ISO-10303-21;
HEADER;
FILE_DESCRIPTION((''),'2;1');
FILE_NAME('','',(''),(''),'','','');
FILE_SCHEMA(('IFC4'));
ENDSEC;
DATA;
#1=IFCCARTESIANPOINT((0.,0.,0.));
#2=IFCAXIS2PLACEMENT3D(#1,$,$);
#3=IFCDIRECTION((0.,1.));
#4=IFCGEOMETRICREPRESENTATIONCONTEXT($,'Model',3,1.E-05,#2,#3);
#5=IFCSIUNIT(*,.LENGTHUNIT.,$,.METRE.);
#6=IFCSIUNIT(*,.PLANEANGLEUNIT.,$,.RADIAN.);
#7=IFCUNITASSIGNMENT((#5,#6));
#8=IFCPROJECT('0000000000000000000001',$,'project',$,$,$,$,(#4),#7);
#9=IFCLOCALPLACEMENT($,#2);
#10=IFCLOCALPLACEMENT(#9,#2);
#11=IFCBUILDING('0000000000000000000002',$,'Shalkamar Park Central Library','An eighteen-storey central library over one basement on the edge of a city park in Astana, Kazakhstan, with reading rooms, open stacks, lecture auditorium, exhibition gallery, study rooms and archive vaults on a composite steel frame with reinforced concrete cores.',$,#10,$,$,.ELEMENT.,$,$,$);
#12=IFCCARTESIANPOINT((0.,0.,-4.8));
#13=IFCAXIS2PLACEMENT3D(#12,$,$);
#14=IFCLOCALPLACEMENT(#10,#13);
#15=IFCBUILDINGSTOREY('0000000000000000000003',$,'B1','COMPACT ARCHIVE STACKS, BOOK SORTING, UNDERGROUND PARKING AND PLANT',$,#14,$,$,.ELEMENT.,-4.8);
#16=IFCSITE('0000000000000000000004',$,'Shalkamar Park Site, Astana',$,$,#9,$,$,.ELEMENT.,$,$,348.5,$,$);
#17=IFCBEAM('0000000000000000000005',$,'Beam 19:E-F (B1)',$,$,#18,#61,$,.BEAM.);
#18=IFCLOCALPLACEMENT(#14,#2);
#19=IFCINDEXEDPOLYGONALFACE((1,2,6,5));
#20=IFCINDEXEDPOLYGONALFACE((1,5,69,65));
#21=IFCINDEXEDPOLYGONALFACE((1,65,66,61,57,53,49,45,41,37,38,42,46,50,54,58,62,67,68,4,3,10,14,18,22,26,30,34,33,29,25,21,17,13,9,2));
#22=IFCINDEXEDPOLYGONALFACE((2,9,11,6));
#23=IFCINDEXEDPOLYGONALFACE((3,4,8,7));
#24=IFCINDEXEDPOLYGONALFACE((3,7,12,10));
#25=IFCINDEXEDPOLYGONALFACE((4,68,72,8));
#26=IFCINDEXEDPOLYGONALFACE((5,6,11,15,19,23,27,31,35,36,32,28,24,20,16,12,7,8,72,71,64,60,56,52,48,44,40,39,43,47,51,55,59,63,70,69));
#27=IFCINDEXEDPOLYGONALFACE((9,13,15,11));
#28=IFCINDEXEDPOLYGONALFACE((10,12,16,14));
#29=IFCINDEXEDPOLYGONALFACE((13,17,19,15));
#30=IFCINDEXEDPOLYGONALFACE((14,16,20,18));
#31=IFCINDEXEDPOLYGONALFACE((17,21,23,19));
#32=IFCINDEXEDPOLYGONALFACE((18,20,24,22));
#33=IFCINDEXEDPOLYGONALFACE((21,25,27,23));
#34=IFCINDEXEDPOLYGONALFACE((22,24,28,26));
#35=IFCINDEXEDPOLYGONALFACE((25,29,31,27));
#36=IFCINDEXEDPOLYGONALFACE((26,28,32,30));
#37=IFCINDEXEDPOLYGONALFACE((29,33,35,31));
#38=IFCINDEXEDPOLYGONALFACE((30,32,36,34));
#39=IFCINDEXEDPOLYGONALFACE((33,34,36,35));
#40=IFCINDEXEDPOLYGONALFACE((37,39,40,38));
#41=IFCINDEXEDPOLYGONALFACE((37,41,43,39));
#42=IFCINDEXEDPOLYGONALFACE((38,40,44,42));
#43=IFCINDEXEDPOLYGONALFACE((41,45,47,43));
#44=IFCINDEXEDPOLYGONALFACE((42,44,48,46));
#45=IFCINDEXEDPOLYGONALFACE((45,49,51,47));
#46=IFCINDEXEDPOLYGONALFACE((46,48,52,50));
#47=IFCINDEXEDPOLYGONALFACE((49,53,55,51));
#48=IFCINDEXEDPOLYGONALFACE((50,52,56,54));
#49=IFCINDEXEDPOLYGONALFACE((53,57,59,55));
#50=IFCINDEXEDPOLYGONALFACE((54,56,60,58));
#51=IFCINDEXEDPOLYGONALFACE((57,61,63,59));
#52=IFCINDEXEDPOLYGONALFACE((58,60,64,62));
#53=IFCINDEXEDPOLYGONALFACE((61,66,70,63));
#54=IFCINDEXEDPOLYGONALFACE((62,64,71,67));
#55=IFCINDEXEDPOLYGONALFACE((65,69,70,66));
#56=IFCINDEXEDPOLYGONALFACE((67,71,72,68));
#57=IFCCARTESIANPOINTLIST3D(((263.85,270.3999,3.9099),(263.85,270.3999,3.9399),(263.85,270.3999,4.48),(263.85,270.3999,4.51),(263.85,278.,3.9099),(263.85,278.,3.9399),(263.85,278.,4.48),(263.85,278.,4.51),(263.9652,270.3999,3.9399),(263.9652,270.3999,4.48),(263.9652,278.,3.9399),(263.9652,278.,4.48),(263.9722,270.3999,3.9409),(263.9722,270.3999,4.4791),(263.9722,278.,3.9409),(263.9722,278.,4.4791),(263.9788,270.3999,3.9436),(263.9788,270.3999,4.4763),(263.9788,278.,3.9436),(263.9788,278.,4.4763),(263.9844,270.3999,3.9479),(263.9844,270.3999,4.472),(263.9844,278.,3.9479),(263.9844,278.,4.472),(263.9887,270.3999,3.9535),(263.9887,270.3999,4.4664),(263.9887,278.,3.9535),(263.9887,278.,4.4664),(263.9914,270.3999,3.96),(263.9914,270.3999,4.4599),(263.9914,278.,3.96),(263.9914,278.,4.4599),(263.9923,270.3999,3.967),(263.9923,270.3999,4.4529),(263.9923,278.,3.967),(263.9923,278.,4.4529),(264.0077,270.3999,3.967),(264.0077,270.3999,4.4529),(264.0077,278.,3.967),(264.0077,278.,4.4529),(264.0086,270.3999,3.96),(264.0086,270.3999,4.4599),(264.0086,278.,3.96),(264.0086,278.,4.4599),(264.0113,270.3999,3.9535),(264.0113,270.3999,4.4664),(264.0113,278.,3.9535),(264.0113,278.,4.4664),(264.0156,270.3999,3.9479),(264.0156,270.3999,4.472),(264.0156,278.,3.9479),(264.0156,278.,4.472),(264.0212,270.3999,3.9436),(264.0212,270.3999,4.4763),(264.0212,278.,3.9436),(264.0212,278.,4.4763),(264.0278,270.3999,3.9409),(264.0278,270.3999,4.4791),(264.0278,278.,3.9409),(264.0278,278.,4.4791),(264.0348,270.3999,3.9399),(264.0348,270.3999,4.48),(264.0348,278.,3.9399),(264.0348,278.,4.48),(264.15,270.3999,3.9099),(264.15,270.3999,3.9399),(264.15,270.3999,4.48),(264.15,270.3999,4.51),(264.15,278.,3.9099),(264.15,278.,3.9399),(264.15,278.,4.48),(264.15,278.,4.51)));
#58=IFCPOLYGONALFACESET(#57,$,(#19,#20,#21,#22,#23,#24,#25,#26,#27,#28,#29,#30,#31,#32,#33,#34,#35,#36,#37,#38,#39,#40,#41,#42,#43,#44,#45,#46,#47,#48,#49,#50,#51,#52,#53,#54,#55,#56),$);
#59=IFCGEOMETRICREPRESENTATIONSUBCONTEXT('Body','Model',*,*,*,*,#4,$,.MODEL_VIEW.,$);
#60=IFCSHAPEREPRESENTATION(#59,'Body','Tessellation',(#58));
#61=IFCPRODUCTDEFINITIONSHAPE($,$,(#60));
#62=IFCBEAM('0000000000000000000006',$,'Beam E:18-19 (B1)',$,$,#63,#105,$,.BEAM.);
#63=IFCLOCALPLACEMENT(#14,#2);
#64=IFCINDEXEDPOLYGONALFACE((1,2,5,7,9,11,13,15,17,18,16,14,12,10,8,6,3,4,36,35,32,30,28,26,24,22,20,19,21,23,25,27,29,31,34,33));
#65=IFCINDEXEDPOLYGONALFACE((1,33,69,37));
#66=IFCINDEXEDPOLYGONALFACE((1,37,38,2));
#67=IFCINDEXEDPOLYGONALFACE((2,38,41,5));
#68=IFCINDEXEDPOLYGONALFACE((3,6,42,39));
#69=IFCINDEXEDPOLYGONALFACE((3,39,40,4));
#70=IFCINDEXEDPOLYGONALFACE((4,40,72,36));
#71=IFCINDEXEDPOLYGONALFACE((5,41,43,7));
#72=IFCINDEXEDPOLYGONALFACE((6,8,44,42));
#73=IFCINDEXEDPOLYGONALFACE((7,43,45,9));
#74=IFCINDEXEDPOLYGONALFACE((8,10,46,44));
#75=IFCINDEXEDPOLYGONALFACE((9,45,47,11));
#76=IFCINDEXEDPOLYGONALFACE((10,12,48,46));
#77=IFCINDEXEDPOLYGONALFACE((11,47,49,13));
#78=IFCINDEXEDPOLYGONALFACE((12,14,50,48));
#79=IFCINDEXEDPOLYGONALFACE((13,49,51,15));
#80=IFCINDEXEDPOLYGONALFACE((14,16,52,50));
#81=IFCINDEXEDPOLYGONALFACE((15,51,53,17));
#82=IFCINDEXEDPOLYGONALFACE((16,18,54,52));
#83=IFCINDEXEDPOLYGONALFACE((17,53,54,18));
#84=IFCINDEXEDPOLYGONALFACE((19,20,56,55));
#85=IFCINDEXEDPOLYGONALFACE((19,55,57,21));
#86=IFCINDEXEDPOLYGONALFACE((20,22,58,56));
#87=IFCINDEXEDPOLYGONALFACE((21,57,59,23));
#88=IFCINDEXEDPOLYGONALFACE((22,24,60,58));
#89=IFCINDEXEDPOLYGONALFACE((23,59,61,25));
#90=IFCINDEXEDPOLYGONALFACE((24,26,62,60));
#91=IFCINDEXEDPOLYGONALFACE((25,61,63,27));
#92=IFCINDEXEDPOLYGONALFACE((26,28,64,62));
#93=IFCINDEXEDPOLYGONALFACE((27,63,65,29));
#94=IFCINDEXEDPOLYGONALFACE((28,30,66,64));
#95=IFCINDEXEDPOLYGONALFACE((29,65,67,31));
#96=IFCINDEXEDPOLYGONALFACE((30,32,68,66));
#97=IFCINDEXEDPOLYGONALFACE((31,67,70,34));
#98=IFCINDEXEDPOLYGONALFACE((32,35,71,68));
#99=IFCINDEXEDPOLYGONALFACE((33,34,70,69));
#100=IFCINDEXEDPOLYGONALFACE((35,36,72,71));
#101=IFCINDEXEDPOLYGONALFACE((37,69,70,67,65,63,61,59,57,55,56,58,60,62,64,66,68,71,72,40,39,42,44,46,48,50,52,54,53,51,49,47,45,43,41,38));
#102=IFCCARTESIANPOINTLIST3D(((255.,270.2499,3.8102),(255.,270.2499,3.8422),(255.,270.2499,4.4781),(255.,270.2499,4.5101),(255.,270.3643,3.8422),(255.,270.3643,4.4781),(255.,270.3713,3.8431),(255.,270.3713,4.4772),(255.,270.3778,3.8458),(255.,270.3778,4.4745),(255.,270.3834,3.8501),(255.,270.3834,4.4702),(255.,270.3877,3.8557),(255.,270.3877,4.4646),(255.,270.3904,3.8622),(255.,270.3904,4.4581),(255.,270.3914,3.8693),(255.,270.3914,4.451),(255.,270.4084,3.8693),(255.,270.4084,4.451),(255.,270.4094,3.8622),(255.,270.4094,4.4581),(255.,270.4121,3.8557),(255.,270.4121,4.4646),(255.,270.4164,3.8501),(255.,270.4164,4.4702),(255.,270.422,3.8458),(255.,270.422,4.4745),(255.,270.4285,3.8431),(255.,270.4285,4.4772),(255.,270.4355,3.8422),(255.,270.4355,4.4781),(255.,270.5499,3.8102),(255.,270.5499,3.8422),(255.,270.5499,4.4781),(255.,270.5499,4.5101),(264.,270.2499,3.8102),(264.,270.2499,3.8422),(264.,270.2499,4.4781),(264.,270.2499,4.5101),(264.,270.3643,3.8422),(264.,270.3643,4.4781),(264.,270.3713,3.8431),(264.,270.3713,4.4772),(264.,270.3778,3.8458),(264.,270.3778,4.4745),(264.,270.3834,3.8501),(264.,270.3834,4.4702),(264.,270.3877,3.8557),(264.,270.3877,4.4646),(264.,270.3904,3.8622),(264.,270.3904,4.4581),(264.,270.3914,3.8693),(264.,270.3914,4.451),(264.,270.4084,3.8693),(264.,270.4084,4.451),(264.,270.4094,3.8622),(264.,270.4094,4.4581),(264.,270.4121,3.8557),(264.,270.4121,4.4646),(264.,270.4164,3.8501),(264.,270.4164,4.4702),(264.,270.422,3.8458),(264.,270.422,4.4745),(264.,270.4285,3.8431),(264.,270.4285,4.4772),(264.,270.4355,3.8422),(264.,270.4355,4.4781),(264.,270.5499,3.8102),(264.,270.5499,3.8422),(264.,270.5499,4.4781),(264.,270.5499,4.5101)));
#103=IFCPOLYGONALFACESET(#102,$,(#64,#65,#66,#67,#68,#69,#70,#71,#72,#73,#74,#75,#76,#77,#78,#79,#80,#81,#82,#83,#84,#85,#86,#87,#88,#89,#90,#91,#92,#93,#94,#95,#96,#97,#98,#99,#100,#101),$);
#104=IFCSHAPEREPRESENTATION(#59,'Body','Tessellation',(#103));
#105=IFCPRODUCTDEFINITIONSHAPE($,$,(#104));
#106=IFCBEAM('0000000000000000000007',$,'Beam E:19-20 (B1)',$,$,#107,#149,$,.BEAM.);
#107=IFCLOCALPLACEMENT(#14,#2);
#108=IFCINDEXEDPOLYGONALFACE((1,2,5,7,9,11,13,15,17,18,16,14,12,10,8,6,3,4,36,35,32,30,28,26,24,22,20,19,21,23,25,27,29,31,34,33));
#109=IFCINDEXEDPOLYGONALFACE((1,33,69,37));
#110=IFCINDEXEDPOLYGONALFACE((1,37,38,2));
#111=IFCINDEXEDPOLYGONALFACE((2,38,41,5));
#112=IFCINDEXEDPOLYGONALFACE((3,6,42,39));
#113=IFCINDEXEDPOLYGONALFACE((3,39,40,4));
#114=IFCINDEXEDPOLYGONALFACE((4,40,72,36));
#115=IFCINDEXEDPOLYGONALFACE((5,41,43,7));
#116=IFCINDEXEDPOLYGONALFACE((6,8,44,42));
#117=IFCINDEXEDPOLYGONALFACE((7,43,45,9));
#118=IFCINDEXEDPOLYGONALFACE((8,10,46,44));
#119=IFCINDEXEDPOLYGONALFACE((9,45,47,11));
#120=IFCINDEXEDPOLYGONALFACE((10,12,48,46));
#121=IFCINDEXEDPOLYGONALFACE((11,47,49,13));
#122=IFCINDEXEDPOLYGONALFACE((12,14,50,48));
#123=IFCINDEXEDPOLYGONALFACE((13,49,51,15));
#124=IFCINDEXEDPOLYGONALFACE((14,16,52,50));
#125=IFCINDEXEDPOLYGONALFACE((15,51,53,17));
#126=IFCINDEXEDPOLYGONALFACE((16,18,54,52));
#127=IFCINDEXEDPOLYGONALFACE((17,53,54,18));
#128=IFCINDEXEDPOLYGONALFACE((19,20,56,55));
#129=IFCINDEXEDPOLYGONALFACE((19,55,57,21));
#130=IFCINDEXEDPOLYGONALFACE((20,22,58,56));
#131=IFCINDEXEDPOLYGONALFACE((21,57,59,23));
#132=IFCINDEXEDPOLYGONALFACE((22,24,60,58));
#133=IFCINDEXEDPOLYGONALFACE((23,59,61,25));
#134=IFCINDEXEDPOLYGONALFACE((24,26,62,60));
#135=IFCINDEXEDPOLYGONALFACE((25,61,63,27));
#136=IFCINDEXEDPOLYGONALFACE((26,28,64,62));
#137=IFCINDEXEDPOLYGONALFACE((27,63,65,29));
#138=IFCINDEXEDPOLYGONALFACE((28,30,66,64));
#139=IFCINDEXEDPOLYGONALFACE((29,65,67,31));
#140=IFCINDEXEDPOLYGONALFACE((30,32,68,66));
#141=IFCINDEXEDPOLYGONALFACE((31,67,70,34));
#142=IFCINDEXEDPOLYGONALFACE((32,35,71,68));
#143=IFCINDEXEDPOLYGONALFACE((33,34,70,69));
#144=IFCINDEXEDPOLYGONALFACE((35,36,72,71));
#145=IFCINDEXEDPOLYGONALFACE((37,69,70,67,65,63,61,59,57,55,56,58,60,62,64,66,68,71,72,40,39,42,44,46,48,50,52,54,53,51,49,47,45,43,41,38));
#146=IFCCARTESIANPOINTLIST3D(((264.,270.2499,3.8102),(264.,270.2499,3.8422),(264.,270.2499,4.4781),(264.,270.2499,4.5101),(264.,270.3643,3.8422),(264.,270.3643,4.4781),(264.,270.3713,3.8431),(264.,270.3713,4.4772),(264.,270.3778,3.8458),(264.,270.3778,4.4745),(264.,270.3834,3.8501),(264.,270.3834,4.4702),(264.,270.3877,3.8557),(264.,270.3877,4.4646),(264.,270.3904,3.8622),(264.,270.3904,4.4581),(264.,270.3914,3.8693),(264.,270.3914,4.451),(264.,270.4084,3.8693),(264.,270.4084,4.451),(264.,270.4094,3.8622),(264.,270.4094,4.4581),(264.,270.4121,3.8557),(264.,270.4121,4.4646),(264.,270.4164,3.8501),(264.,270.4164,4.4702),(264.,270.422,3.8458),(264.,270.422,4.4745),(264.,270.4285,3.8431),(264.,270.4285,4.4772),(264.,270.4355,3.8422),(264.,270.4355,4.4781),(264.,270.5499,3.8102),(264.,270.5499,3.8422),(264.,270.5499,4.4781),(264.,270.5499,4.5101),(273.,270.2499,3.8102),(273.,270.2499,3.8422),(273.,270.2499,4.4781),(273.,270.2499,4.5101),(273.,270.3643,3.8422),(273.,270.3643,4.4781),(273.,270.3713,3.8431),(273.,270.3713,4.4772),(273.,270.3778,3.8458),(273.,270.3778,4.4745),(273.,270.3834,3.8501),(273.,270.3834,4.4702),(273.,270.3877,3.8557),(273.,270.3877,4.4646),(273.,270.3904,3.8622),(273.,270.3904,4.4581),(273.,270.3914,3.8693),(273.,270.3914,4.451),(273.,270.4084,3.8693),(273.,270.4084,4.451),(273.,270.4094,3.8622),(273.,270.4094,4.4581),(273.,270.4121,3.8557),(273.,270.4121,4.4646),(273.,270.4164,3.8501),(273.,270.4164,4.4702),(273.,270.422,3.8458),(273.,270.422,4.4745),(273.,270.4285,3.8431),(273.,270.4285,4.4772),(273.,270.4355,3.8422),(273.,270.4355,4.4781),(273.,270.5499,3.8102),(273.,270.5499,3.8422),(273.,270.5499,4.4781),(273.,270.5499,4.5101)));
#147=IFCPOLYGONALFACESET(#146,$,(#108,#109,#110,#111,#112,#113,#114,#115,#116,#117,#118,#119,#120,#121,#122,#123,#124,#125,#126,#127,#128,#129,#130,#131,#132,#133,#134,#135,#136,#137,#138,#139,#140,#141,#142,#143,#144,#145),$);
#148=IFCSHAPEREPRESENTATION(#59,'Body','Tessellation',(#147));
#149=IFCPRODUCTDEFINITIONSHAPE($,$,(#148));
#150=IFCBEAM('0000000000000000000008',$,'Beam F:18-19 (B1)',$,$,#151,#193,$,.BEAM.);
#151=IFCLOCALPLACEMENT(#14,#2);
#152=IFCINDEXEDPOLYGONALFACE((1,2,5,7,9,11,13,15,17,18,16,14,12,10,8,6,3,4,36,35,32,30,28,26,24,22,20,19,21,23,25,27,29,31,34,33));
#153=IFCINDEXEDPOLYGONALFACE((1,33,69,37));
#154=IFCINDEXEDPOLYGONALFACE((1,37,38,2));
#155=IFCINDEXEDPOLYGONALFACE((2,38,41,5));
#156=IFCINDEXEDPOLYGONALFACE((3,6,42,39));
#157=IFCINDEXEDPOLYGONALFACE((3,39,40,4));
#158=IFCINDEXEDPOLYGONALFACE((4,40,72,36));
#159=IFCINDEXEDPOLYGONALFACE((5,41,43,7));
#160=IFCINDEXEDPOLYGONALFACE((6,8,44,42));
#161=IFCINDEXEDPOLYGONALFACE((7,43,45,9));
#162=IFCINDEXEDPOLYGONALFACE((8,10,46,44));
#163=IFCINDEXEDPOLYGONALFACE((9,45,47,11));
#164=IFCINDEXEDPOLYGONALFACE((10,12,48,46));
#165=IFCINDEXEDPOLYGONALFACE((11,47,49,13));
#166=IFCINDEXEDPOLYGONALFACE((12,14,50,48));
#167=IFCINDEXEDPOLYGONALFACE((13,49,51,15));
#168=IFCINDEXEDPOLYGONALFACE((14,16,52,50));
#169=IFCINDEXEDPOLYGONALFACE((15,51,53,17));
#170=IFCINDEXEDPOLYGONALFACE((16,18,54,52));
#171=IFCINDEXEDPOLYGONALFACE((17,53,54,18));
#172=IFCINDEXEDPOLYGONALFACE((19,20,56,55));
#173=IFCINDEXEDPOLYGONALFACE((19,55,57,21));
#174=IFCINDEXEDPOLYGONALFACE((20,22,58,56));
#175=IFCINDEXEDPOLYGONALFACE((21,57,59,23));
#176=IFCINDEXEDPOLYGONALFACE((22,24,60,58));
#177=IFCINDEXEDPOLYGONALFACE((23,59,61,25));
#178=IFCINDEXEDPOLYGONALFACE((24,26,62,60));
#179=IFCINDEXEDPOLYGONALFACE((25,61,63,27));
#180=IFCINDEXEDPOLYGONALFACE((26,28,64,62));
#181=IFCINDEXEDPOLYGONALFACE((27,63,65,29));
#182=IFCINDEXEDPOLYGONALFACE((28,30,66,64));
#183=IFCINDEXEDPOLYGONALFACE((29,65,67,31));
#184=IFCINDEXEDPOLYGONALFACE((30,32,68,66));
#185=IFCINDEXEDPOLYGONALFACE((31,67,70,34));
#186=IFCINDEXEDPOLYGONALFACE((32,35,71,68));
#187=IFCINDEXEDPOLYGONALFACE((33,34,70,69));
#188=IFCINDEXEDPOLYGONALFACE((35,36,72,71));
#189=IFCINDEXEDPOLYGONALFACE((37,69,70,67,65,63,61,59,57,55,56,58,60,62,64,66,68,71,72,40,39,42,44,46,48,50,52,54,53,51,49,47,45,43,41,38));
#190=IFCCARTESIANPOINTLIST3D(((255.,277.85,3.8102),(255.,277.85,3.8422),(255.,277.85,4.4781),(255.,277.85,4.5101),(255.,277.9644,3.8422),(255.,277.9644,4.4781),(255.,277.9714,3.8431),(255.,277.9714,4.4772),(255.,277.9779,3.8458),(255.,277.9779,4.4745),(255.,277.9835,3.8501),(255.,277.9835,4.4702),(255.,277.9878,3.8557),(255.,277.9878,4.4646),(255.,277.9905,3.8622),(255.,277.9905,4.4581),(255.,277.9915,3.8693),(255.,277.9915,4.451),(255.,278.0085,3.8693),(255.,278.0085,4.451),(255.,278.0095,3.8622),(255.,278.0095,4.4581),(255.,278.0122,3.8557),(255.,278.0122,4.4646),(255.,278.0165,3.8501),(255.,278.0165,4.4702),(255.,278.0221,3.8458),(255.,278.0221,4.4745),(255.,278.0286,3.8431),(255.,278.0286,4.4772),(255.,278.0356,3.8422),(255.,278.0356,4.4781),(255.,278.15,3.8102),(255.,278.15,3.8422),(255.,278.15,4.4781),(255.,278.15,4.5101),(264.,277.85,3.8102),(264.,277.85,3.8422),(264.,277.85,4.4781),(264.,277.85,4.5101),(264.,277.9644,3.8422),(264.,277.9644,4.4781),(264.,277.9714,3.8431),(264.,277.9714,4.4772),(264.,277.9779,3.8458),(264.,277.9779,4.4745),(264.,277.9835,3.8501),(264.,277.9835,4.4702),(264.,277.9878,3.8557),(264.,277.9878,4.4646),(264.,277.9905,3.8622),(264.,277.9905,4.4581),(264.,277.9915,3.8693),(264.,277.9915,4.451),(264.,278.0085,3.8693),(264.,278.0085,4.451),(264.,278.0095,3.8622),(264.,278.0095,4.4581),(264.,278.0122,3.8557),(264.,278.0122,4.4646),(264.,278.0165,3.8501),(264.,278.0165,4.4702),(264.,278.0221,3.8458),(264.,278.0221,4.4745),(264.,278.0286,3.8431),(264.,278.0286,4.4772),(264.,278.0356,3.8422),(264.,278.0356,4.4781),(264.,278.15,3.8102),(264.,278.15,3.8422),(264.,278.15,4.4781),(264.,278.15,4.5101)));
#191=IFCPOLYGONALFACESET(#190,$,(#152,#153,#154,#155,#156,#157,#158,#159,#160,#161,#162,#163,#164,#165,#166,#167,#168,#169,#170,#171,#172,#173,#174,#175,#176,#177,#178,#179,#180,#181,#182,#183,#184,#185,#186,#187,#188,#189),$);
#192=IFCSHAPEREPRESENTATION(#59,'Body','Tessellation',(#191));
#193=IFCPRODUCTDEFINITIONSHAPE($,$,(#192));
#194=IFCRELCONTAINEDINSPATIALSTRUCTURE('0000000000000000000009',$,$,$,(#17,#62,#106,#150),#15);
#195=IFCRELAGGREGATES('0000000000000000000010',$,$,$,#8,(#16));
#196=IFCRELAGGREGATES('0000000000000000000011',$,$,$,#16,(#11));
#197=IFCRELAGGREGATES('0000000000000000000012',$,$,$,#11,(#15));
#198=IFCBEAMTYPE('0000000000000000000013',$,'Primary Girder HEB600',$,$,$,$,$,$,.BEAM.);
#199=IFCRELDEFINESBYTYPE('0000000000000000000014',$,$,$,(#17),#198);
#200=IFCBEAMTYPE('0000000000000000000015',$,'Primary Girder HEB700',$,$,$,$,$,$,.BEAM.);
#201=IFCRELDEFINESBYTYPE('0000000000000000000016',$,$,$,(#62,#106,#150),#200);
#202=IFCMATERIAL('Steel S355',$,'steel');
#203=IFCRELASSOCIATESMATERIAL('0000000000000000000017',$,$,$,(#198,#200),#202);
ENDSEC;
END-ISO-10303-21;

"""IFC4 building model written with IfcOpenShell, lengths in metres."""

from ifc_helpers import new_model, si_unit, direction, frame, origin, origin_2d, place, context, subcontext, project, spatial, i_section, extrude, material, material_profile, profile_set, type_object, element, save


model = new_model("IFC4")

# Units and contexts
model_context = context("Model", 3, precision=1e-05, world=origin(), true_north=direction((0.0, 1.0)))
body_context = subcontext(model_context, "Body", "Model", "MODEL_VIEW")
ifc_project = project(units=[si_unit("LENGTHUNIT", "METRE"), si_unit("PLANEANGLEUNIT", "RADIAN")], contexts=[model_context])

# Site, building, storey
site_placement = place(None, origin())
site = spatial("IfcSite", under=ifc_project, at=site_placement, Name="Shalkamar Park Site, Astana", CompositionType="ELEMENT", RefElevation=348.5)
building_placement = place(site_placement, origin())
building = spatial("IfcBuilding", under=site, at=building_placement, Name="Shalkamar Park Central Library", Description="An eighteen-storey central library over one basement on the edge of a city park in Astana, Kazakhstan, with reading rooms, open stacks, lecture auditorium, exhibition gallery, study rooms and archive vaults on a composite steel frame with reinforced concrete cores.", CompositionType="ELEMENT")
storey_placement = place(building_placement, frame((0.0, 0.0, -4.8)))
storey = spatial("IfcBuildingStorey", under=building, at=storey_placement, Name="B1", Description="COMPACT ARCHIVE STACKS, BOOK SORTING, UNDERGROUND PARKING AND PLANT", CompositionType="ELEMENT", Elevation=-4.8)

# Shared definitions
ifc_material_1 = material(Name="Steel S355", Category="steel")

# Beams
ifc_material_profile_1 = material_profile(ifc_material_1, i_section(OverallWidth=0.3, OverallDepth=0.6001, WebThickness=0.0154, FlangeThickness=0.03, FilletRadius=0.0271, at=origin_2d()), Name="HEB 600")
ifc_profile_set_1 = profile_set([ifc_material_profile_1], Name="Steel S355")
beam_type_1 = type_object("IfcBeamType", Name="Primary Girder HEB600", PredefinedType="BEAM", material=ifc_profile_set_1)
for number, where, z_axis, x_axis, name in (
    (1, (264.0, 270.3999, 4.21), (0.0, 1.0, 0.0), (-1.0, 0.0, 0.0), "Beam 19:E-F (B1)"),
):
    element("IfcBeam", number, at=place(storey_placement, frame(where, z_axis=z_axis, x_axis=x_axis)), inside=storey, type_object=beam_type_1, Name=name, PredefinedType="BEAM", context=body_context, shape_type="SweptSolid", body=[
        extrude(i_section(OverallWidth=0.3, OverallDepth=0.6001, WebThickness=0.0154, FlangeThickness=0.03, FilletRadius=0.0271, at=origin_2d()), origin(), (0.0, 0.0, 1.0), 7.6001),
    ])
ifc_material_profile_2 = material_profile(ifc_material_1, i_section(OverallWidth=0.3, OverallDepth=0.7, WebThickness=0.0171, FlangeThickness=0.032, FilletRadius=0.0271, at=origin_2d()), Name="HEB 700")
ifc_profile_set_2 = profile_set([ifc_material_profile_2], Name="Steel S355")
beam_type_2 = type_object("IfcBeamType", Name="Primary Girder HEB700", PredefinedType="BEAM", material=ifc_profile_set_2)
for number, where, z_axis, x_axis, name in (
    (2, (255.0, 270.3999, 4.1602), (1.0, 0.0, 0.0), (0.0, 1.0, 0.0), "Beam E:18-19 (B1)"),
    (3, (264.0, 270.3999, 4.1602), (1.0, 0.0, 0.0), (0.0, 1.0, 0.0), "Beam E:19-20 (B1)"),
    (4, (255.0, 278.0, 4.1602), (1.0, 0.0, 0.0), (0.0, 1.0, 0.0), "Beam F:18-19 (B1)"),
):
    element("IfcBeam", number, at=place(storey_placement, frame(where, z_axis=z_axis, x_axis=x_axis)), inside=storey, type_object=beam_type_2, Name=name, PredefinedType="BEAM", context=body_context, shape_type="SweptSolid", body=[
        extrude(i_section(OverallWidth=0.3, OverallDepth=0.7, WebThickness=0.0171, FlangeThickness=0.032, FilletRadius=0.0271, at=origin_2d()), origin(), (0.0, 0.0, 1.0), 9.0),
    ])

save(model, "model.ifc")
